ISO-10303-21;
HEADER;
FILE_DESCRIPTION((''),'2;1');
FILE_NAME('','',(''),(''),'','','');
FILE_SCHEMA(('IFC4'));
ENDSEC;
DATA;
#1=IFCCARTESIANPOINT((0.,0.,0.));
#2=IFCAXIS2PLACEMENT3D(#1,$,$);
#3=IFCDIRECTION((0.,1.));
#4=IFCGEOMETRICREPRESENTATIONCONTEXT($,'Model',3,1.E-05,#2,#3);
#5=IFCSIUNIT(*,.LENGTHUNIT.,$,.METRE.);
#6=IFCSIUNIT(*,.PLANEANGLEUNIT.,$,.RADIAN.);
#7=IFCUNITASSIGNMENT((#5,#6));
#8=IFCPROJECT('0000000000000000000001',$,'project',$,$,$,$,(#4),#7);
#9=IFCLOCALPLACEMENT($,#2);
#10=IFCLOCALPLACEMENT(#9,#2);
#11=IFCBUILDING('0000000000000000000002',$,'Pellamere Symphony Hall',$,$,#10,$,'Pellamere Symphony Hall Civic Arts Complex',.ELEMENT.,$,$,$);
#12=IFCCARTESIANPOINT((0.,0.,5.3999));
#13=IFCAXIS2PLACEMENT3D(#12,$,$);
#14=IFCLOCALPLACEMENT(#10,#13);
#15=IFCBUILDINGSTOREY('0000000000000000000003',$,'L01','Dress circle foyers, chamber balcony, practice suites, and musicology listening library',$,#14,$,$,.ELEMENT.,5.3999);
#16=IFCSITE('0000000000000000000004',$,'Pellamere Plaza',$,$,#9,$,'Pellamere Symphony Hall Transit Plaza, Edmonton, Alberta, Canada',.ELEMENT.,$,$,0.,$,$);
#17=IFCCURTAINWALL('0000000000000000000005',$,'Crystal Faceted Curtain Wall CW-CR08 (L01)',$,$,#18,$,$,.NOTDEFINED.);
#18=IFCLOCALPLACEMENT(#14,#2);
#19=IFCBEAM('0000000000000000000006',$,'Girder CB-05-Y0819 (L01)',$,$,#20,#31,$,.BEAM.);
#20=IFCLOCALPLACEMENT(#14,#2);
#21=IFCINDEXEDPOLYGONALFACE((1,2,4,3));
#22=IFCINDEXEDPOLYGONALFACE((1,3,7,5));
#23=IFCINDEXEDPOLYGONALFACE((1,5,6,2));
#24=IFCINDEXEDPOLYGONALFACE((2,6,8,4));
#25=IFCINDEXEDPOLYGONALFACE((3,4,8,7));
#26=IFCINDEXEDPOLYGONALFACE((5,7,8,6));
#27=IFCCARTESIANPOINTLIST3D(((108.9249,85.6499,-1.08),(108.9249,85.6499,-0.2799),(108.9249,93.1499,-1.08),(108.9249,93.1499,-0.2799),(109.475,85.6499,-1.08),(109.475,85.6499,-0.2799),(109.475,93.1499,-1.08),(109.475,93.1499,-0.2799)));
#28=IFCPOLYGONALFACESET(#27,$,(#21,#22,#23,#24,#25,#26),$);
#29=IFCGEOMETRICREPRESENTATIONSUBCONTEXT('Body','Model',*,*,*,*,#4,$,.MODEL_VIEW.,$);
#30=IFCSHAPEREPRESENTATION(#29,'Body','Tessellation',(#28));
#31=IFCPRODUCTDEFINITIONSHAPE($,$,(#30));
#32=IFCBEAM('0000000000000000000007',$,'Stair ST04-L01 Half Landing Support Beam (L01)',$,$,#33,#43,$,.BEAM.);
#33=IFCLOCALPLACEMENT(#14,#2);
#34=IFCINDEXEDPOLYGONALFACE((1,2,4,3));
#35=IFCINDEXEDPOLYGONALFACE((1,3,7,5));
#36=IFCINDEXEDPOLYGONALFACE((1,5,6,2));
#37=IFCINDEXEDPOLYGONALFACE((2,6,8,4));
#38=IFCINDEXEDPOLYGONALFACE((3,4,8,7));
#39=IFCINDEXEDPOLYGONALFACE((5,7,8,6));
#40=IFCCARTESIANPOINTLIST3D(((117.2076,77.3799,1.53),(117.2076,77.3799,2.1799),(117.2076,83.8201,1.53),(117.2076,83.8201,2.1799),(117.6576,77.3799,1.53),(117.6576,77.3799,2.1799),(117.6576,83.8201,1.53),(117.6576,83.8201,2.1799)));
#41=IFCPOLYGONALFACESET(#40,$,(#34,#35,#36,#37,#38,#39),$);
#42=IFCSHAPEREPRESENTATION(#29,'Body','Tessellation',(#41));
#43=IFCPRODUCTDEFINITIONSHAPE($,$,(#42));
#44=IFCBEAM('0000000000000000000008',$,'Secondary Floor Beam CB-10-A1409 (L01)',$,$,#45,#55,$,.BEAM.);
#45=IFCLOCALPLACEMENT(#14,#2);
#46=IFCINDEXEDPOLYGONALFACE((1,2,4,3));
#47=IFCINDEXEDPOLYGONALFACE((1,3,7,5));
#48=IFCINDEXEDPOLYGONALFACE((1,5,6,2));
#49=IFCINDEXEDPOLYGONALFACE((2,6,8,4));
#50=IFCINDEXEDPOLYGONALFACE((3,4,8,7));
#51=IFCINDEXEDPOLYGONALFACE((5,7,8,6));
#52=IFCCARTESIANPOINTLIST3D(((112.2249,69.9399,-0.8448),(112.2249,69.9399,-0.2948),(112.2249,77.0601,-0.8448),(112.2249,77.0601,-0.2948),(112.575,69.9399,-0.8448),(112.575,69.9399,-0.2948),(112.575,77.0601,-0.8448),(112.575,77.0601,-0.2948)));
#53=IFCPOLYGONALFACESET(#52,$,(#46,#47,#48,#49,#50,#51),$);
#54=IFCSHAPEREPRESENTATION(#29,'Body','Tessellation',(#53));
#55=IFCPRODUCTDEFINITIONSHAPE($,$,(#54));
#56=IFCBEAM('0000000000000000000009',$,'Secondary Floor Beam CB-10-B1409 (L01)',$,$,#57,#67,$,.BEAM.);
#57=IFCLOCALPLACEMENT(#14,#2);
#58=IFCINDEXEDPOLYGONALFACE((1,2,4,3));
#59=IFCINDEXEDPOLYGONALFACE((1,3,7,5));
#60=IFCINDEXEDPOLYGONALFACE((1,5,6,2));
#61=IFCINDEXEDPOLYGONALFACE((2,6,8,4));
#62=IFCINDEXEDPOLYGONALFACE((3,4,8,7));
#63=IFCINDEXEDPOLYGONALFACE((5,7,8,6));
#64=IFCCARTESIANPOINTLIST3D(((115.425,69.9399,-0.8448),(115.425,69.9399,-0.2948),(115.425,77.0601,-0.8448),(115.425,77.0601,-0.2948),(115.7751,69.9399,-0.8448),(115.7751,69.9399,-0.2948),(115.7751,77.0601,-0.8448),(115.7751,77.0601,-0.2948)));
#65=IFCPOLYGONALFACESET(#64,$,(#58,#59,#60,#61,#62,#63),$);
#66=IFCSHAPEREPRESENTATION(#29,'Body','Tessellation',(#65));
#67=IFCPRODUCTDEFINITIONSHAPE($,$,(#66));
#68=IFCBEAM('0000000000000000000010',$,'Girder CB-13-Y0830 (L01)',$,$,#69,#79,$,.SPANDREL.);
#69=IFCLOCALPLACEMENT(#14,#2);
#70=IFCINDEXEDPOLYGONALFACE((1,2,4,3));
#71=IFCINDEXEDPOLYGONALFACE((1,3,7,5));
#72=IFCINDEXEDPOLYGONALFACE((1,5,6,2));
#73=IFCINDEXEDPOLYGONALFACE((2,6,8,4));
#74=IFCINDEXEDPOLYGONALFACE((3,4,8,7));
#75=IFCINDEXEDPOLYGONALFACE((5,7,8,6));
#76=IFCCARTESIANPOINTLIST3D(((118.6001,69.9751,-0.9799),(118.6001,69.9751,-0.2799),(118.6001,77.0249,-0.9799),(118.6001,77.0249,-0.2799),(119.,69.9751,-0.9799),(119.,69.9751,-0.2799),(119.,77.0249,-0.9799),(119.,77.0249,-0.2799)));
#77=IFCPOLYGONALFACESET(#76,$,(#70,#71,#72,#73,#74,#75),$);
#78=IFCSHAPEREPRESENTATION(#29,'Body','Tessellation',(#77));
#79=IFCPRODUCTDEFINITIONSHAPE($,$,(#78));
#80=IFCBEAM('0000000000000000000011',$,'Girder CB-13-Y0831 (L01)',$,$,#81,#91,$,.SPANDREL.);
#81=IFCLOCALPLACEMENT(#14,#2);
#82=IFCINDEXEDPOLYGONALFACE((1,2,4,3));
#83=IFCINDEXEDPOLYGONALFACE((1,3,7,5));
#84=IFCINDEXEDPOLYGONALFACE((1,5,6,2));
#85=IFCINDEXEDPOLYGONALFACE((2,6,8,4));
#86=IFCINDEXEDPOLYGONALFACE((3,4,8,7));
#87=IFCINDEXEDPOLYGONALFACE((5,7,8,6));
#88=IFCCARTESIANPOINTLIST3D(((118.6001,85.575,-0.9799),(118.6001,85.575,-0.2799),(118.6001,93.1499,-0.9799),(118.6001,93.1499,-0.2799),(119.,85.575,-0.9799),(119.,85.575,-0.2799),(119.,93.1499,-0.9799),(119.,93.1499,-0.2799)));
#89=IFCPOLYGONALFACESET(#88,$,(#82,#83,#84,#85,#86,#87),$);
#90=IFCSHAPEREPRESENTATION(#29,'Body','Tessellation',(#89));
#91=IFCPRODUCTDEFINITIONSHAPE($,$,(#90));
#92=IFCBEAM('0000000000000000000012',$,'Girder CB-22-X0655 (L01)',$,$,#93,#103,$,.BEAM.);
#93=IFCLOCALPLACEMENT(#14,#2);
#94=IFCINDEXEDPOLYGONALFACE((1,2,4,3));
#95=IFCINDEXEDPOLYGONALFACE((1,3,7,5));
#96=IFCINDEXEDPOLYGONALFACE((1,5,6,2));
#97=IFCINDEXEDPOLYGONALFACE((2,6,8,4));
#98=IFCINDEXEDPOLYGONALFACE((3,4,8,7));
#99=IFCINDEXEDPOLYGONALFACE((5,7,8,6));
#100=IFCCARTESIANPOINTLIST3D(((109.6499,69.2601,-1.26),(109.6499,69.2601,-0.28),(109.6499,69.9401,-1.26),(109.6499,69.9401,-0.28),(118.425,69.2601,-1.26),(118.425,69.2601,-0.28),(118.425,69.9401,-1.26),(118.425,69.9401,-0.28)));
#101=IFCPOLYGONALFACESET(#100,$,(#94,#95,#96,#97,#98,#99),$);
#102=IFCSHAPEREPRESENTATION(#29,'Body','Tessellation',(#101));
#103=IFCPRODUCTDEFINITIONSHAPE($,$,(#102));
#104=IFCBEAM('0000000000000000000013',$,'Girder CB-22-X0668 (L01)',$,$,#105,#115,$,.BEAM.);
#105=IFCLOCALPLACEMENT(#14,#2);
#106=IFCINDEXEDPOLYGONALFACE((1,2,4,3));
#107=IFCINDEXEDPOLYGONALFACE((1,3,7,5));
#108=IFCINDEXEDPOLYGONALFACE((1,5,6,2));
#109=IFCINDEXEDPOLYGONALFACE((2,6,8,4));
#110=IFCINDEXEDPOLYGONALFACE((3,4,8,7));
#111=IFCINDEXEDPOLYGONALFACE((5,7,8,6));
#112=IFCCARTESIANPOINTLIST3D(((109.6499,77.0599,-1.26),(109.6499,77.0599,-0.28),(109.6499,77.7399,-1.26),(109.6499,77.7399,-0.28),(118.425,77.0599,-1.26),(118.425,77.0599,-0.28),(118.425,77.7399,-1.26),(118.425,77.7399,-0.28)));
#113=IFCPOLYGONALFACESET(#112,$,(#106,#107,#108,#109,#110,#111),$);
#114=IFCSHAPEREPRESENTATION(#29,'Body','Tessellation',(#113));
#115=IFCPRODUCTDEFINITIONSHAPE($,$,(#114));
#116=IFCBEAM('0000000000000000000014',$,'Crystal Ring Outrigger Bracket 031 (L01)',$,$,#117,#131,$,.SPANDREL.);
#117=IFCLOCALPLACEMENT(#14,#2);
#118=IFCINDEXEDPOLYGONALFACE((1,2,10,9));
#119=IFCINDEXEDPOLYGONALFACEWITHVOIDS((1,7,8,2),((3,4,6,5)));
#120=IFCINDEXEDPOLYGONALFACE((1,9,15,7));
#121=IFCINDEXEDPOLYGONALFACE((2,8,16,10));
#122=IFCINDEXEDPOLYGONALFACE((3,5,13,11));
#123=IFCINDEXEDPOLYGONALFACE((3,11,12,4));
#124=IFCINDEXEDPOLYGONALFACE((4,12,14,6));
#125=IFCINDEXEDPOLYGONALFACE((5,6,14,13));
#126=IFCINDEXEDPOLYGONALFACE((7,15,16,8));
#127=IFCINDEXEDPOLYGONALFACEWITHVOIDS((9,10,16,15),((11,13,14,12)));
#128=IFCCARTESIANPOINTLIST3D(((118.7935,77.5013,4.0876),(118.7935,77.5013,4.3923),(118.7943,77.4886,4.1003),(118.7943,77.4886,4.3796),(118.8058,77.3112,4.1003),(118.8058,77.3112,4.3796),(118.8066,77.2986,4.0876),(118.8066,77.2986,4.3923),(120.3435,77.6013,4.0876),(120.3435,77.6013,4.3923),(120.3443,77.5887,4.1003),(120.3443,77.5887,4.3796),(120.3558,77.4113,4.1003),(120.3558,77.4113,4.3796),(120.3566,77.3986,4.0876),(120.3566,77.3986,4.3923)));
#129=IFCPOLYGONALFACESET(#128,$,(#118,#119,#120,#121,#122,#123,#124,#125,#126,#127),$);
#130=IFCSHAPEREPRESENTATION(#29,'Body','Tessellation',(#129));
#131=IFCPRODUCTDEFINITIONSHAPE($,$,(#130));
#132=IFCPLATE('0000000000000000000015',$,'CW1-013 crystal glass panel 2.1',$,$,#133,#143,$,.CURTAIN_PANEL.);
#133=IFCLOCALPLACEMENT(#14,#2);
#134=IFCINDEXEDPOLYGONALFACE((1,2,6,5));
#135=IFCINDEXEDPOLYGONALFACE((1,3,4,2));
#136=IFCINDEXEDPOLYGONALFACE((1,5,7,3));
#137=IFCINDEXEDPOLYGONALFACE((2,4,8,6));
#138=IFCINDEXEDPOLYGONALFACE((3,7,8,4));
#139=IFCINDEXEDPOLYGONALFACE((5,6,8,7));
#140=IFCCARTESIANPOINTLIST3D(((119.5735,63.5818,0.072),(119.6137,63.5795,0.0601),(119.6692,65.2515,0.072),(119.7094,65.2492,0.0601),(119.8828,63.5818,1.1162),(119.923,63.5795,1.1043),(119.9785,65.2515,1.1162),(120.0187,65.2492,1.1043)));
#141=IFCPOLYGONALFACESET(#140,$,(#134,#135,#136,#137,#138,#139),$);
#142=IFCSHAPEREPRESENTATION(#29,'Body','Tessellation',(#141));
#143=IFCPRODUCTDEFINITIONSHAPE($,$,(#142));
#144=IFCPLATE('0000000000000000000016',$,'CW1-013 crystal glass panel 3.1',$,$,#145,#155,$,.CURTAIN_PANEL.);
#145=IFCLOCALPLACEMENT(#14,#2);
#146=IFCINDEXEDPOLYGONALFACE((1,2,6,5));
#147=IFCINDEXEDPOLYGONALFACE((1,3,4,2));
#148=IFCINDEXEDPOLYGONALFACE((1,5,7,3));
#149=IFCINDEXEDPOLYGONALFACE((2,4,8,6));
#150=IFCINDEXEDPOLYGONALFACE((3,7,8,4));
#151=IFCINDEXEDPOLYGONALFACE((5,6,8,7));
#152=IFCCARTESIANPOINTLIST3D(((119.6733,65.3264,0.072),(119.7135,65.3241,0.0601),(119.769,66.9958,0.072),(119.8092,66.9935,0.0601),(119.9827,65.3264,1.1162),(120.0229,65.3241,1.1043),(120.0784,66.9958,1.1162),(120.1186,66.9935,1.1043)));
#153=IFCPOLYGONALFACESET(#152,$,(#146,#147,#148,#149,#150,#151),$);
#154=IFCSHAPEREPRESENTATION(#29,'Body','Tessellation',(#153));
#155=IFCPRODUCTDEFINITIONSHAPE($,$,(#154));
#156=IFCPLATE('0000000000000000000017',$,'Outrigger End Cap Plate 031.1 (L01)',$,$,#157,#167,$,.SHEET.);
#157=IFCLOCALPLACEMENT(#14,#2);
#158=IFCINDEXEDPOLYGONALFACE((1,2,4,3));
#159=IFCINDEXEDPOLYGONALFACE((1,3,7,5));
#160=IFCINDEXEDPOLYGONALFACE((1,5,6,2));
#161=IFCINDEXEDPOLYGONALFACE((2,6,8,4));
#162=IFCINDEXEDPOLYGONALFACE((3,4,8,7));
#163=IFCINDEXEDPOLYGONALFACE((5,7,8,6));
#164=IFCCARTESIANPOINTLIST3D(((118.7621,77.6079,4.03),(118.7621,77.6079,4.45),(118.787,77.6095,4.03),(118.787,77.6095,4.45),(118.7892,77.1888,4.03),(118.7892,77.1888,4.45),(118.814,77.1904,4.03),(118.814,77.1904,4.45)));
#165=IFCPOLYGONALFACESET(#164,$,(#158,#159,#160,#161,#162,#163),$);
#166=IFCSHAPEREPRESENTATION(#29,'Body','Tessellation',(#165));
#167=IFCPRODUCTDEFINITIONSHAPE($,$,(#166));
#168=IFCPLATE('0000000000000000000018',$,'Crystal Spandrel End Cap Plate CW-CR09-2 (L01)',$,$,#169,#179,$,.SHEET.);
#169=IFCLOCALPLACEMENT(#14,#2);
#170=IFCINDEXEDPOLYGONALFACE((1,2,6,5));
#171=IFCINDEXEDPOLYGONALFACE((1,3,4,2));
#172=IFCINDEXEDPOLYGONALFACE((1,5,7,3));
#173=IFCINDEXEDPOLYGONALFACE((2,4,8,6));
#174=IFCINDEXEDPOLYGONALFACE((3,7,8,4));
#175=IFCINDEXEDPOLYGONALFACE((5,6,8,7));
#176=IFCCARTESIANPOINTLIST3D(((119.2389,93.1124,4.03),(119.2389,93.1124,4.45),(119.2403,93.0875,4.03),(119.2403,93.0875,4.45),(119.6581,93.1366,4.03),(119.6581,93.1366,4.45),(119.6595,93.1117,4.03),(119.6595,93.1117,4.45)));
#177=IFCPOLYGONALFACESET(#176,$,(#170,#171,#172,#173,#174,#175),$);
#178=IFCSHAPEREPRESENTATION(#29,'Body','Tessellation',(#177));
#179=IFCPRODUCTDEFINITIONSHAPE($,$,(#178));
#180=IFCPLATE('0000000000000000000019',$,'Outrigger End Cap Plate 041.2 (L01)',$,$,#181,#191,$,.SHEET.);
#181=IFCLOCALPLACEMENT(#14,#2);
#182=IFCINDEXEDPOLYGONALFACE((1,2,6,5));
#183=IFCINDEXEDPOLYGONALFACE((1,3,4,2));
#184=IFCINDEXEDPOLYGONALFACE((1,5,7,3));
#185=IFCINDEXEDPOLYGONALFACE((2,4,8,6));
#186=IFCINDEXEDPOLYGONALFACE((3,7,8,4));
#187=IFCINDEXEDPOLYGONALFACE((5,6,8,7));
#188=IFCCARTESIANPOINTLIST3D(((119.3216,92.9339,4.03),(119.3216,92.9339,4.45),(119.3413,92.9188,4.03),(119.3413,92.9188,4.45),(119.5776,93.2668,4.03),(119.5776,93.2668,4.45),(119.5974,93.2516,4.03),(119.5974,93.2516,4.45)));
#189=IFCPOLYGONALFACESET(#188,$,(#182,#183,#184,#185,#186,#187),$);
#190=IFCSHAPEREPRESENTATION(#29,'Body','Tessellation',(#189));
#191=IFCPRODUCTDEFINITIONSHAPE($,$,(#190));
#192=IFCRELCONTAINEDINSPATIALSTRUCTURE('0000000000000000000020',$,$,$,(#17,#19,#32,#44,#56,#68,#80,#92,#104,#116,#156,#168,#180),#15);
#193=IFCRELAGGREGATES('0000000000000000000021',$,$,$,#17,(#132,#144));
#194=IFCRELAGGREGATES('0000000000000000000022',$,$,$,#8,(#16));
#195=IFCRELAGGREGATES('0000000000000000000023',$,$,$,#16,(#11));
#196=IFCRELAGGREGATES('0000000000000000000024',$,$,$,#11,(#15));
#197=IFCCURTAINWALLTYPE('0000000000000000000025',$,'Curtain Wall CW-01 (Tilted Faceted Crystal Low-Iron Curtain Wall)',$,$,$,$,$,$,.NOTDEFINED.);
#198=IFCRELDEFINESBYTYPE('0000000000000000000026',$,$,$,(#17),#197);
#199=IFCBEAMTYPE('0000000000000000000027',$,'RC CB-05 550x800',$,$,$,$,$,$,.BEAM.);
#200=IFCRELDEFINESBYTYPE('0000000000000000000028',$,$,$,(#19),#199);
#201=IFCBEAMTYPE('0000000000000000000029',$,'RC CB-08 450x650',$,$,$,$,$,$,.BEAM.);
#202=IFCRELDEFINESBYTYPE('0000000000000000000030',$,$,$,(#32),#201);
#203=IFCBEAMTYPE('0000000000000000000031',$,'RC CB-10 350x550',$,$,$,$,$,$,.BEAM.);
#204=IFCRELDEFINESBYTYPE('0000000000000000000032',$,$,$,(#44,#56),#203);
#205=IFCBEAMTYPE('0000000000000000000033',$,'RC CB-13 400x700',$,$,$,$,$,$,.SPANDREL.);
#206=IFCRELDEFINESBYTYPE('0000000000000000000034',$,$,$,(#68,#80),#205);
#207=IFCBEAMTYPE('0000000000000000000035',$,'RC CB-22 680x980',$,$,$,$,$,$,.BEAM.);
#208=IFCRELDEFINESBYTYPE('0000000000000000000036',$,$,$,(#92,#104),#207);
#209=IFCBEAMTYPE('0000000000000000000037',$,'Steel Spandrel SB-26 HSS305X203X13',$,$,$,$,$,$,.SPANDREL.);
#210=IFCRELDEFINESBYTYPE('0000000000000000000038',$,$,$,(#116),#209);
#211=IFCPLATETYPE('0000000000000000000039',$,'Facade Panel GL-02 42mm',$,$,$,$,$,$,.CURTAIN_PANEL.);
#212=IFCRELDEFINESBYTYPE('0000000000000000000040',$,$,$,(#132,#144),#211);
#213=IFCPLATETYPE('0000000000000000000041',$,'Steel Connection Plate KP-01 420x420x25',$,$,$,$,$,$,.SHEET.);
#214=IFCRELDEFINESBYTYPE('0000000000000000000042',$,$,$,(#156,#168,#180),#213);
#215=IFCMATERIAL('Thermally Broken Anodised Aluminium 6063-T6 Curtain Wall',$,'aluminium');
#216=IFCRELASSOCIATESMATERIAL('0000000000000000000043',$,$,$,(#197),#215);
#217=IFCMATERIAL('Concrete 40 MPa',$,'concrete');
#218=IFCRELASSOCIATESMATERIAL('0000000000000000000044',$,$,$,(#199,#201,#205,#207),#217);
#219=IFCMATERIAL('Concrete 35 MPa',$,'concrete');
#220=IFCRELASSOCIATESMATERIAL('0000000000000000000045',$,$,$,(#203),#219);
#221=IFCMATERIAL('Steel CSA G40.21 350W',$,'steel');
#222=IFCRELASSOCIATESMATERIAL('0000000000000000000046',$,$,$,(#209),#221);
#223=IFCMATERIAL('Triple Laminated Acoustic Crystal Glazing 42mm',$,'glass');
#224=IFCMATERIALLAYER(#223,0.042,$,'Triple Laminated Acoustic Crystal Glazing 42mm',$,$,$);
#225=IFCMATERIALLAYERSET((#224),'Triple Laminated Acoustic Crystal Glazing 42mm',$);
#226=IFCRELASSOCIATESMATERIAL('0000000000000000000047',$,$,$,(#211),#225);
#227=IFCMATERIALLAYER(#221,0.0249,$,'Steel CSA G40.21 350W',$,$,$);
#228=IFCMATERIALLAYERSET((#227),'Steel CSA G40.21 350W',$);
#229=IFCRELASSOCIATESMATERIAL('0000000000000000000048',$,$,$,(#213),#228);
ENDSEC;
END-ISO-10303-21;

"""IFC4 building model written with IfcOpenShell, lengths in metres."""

from ifc_helpers import new_model, si_unit, direction, frame, origin, origin_2d, place, context, subcontext, project, spatial, polyline, rectangle, hollow_rectangle, outline, extrude, material, layer, layer_set, material_profile, profile_set, type_object, element, aggregate, save


model = new_model("IFC4")

# Units and contexts
model_context = context("Model", 3, precision=1e-05, world=origin(), true_north=direction((0.0, 1.0)))
body_context = subcontext(model_context, "Body", "Model", "MODEL_VIEW")
ifc_project = project(units=[si_unit("LENGTHUNIT", "METRE"), si_unit("PLANEANGLEUNIT", "RADIAN")], contexts=[model_context])

# Site, building, storey
site_placement = place(None, origin())
site = spatial("IfcSite", under=ifc_project, at=site_placement, Name="Pellamere Plaza", LongName="Pellamere Symphony Hall Transit Plaza, Edmonton, Alberta, Canada", CompositionType="ELEMENT", RefElevation=0.0)
building_placement = place(site_placement, origin())
building = spatial("IfcBuilding", under=site, at=building_placement, Name="Pellamere Symphony Hall", LongName="Pellamere Symphony Hall Civic Arts Complex", CompositionType="ELEMENT")
storey_placement = place(building_placement, frame((0.0, 0.0, 5.3999)))
storey = spatial("IfcBuildingStorey", under=building, at=storey_placement, Name="L01", Description="Dress circle foyers, chamber balcony, practice suites, and musicology listening library", CompositionType="ELEMENT", Elevation=5.3999)

# Shared definitions
ifc_material_1 = material(Name="Concrete 40 MPa", Category="concrete")

# Curtain wall
ifc_material_2 = material(Name="Thermally Broken Anodised Aluminium 6063-T6 Curtain Wall", Category="aluminium")
curtain_wall_type = type_object("IfcCurtainWallType", Name="Curtain Wall CW-01 (Tilted Faceted Crystal Low-Iron Curtain Wall)", PredefinedType="NOTDEFINED", material=ifc_material_2)
curtain_wall_1_placement = place(storey_placement, origin())
curtain_wall_1 = element("IfcCurtainWall", 1, at=curtain_wall_1_placement, inside=storey, type_object=curtain_wall_type, Name="Crystal Faceted Curtain Wall CW-CR08 (L01)", PredefinedType="NOTDEFINED")

# Beams
ifc_material_profile_1 = material_profile(ifc_material_1, rectangle(XDim=0.55, YDim=0.8, at=origin_2d()), Name="RC 550x800")
ifc_profile_set_1 = profile_set([ifc_material_profile_1], Name="Concrete 40 MPa")
beam_type_1 = type_object("IfcBeamType", Name="RC CB-05 550x800", PredefinedType="BEAM", material=ifc_profile_set_1)
beam_1_placement = place(storey_placement, frame((109.2, 85.6499, -0.6799), z_axis=(0.0, 1.0, 0.0), x_axis=(-1.0, 0.0, 0.0)))
element("IfcBeam", 2, at=beam_1_placement, inside=storey, type_object=beam_type_1, Name="Girder CB-05-Y0819 (L01)", PredefinedType="BEAM", context=body_context, shape_type="SweptSolid", body=[
    extrude(rectangle(XDim=0.55, YDim=0.8, at=origin_2d()), origin(), (0.0, 0.0, 1.0), 7.5),
])
ifc_material_profile_2 = material_profile(ifc_material_1, rectangle(XDim=0.45, YDim=0.6499, at=origin_2d()), Name="RC 450x650")
ifc_profile_set_2 = profile_set([ifc_material_profile_2], Name="Concrete 40 MPa")
beam_type_2 = type_object("IfcBeamType", Name="RC CB-08 450x650", PredefinedType="BEAM", material=ifc_profile_set_2)
beam_2_placement = place(storey_placement, frame((117.4326, 77.3799, 1.855), z_axis=(0.0, 1.0, 0.0), x_axis=(-1.0, 0.0, 0.0)))
element("IfcBeam", 3, at=beam_2_placement, inside=storey, type_object=beam_type_2, Name="Stair ST04-L01 Half Landing Support Beam (L01)", PredefinedType="BEAM", context=body_context, shape_type="SweptSolid", body=[
    extrude(rectangle(XDim=0.45, YDim=0.6499, at=origin_2d()), origin(), (0.0, 0.0, 1.0), 6.4402),
])
ifc_material_3 = material(Name="Concrete 35 MPa", Category="concrete")
ifc_material_profile_3 = material_profile(ifc_material_3, rectangle(XDim=0.3501, YDim=0.55, at=origin_2d()), Name="RC 350x550")
ifc_profile_set_3 = profile_set([ifc_material_profile_3], Name="Concrete 35 MPa")
beam_type_3 = type_object("IfcBeamType", Name="RC CB-10 350x550", PredefinedType="BEAM", material=ifc_profile_set_3)
for number, where, z_axis, x_axis, name in (
    (4, (112.3999, 69.9399, -0.5698), (0.0, 1.0, 0.0), (-1.0, 0.0, 0.0), "Secondary Floor Beam CB-10-A1409 (L01)"),
    (5, (115.6001, 69.9399, -0.5698), (0.0, 1.0, 0.0), (-1.0, 0.0, 0.0), "Secondary Floor Beam CB-10-B1409 (L01)"),
):
    element("IfcBeam", number, at=place(storey_placement, frame(where, z_axis=z_axis, x_axis=x_axis)), inside=storey, type_object=beam_type_3, Name=name, PredefinedType="BEAM", context=body_context, shape_type="SweptSolid", body=[
        extrude(rectangle(XDim=0.3501, YDim=0.55, at=origin_2d()), origin(), (0.0, 0.0, 1.0), 7.1201),
    ])
ifc_material_profile_4 = material_profile(ifc_material_1, rectangle(XDim=0.3999, YDim=0.7, at=origin_2d()), Name="RC 400x700")
ifc_profile_set_4 = profile_set([ifc_material_profile_4], Name="Concrete 40 MPa")
beam_type_4 = type_object("IfcBeamType", Name="RC CB-13 400x700", PredefinedType="SPANDREL", material=ifc_profile_set_4)
beam_3_placement = place(storey_placement, frame((118.8, 69.9751, -0.6299), z_axis=(0.0, 1.0, 0.0), x_axis=(-1.0, 0.0, 0.0)))
element("IfcBeam", 6, at=beam_3_placement, inside=storey, type_object=beam_type_4, Name="Girder CB-13-Y0830 (L01)", PredefinedType="SPANDREL", context=body_context, shape_type="SweptSolid", body=[
    extrude(rectangle(XDim=0.3999, YDim=0.7, at=origin_2d()), origin(), (0.0, 0.0, 1.0), 7.0498),
])
beam_4_placement = place(storey_placement, frame((118.8, 85.575, -0.6299), z_axis=(0.0, 1.0, 0.0), x_axis=(-1.0, 0.0, 0.0)))
element("IfcBeam", 7, at=beam_4_placement, inside=storey, type_object=beam_type_4, Name="Girder CB-13-Y0831 (L01)", PredefinedType="SPANDREL", context=body_context, shape_type="SweptSolid", body=[
    extrude(rectangle(XDim=0.3999, YDim=0.7, at=origin_2d()), origin(), (0.0, 0.0, 1.0), 7.575),
])
ifc_material_profile_5 = material_profile(ifc_material_1, rectangle(XDim=0.6799, YDim=0.98, at=origin_2d()), Name="RC 680x980")
ifc_profile_set_5 = profile_set([ifc_material_profile_5], Name="Concrete 40 MPa")
beam_type_5 = type_object("IfcBeamType", Name="RC CB-22 680x980", PredefinedType="BEAM", material=ifc_profile_set_5)
for number, where, z_axis, x_axis, name in (
    (8, (109.6499, 69.6001, -0.77), (1.0, 0.0, 0.0), (0.0, 1.0, 0.0), "Girder CB-22-X0655 (L01)"),
    (9, (109.6499, 77.3999, -0.77), (1.0, 0.0, 0.0), (0.0, 1.0, 0.0), "Girder CB-22-X0668 (L01)"),
):
    element("IfcBeam", number, at=place(storey_placement, frame(where, z_axis=z_axis, x_axis=x_axis)), inside=storey, type_object=beam_type_5, Name=name, PredefinedType="BEAM", context=body_context, shape_type="SweptSolid", body=[
        extrude(rectangle(XDim=0.6799, YDim=0.98, at=origin_2d()), origin(), (0.0, 0.0, 1.0), 8.7751),
    ])
ifc_material_4 = material(Name="Steel CSA G40.21 350W", Category="steel")
ifc_material_profile_6 = material_profile(ifc_material_4, hollow_rectangle(XDim=0.2031, YDim=0.3047, WallThickness=0.0127, at=origin_2d()), Name="HSS305X203X13")
ifc_profile_set_6 = profile_set([ifc_material_profile_6], Name="Steel CSA G40.21 350W")
beam_type_6 = type_object("IfcBeamType", Name="Steel Spandrel SB-26 HSS305X203X13", PredefinedType="SPANDREL", material=ifc_profile_set_6)
beam_5_placement = place(storey_placement, frame((118.8, 77.3999, 4.24), z_axis=(0.997921, 0.064443, 0.0), x_axis=(-0.064443, 0.997921, 0.0)))
element("IfcBeam", 10, at=beam_5_placement, inside=storey, type_object=beam_type_6, Name="Crystal Ring Outrigger Bracket 031 (L01)", PredefinedType="SPANDREL", context=body_context, shape_type="SweptSolid", body=[
    extrude(hollow_rectangle(XDim=0.2031, YDim=0.3047, WallThickness=0.0127, at=origin_2d()), origin(), (0.0, 0.0, 1.0), 1.5532),
])

# Plates
ifc_material_5 = material(Name="Triple Laminated Acoustic Crystal Glazing 42mm", Category="glass")
ifc_layer_1 = layer(ifc_material_5, 0.042, Name="Triple Laminated Acoustic Crystal Glazing 42mm")
ifc_layer_set_1 = layer_set([ifc_layer_1], Name="Triple Laminated Acoustic Crystal Glazing 42mm")
plate_type_1 = type_object("IfcPlateType", Name="Facade Panel GL-02 42mm", PredefinedType="CURTAIN_PANEL", material=ifc_layer_set_1)
plate_1_placement = place(storey_placement, frame((119.5735, 63.5818, 0.072), z_axis=(-0.957369, 0.054875, 0.283607), x_axis=(0.057224, 0.998361, 0.0)))
plate_1 = element("IfcPlate", 11, at=plate_1_placement, type_object=plate_type_1, Name="CW1-013 crystal glass panel 2.1", PredefinedType="CURTAIN_PANEL", context=body_context, shape_type="SweptSolid", body=[
    extrude(outline(polyline([(0.0, 0.0), (1.6724, 0.0), (1.6901, -1.0889), (0.0177, -1.0889), (0.0, 0.0)])), origin(), (0.0, 0.0, -1.0), 0.042),
])
plate_2_placement = place(storey_placement, frame((119.6733, 65.3264, 0.072), z_axis=(-0.957369, 0.054883, 0.283607), x_axis=(0.057233, 0.998361, 0.0)))
plate_2 = element("IfcPlate", 12, at=plate_2_placement, type_object=plate_type_1, Name="CW1-013 crystal glass panel 3.1", PredefinedType="CURTAIN_PANEL", context=body_context, shape_type="SweptSolid", body=[
    extrude(outline(polyline([(0.0, 0.0), (1.6722, 0.0), (1.6899, -1.0889), (0.0177, -1.0889), (0.0, 0.0)])), origin(), (0.0, 0.0, -1.0), 0.042),
])
aggregate(curtain_wall_1, [plate_1, plate_2])

# Plates
ifc_layer_2 = layer(ifc_material_4, 0.0249, Name="Steel CSA G40.21 350W")
ifc_layer_set_2 = layer_set([ifc_layer_2], Name="Steel CSA G40.21 350W")
plate_type_2 = type_object("IfcPlateType", Name="Steel Connection Plate KP-01 420x420x25", PredefinedType="SHEET", material=ifc_layer_set_2)
for number, where, z_axis, x_axis, name in (
    (13, (118.7881, 77.3992, 4.03), (0.0, 0.0, 1.0), (0.997927, 0.064358, 0.0), "Outrigger End Cap Plate 031.1 (L01)"),
    (14, (119.4492, 93.1121, 4.03), (0.0, 0.0, 1.0), (-0.057564, 0.998342, 0.0), "Crystal Spandrel End Cap Plate CW-CR09-2 (L01)"),
    (15, (119.4595, 93.0928, 4.03), (0.0, 0.0, 1.0), (0.792609, -0.60973, 0.0), "Outrigger End Cap Plate 041.2 (L01)"),
):
    element("IfcPlate", number, at=place(storey_placement, frame(where, z_axis=z_axis, x_axis=x_axis)), inside=storey, type_object=plate_type_2, Name=name, PredefinedType="SHEET", context=body_context, shape_type="SweptSolid", body=[
        extrude(rectangle(XDim=0.0249, YDim=0.4199, at=origin_2d()), origin(), (0.0, 0.0, 1.0), 0.4199),
    ])

save(model, "model.ifc")
